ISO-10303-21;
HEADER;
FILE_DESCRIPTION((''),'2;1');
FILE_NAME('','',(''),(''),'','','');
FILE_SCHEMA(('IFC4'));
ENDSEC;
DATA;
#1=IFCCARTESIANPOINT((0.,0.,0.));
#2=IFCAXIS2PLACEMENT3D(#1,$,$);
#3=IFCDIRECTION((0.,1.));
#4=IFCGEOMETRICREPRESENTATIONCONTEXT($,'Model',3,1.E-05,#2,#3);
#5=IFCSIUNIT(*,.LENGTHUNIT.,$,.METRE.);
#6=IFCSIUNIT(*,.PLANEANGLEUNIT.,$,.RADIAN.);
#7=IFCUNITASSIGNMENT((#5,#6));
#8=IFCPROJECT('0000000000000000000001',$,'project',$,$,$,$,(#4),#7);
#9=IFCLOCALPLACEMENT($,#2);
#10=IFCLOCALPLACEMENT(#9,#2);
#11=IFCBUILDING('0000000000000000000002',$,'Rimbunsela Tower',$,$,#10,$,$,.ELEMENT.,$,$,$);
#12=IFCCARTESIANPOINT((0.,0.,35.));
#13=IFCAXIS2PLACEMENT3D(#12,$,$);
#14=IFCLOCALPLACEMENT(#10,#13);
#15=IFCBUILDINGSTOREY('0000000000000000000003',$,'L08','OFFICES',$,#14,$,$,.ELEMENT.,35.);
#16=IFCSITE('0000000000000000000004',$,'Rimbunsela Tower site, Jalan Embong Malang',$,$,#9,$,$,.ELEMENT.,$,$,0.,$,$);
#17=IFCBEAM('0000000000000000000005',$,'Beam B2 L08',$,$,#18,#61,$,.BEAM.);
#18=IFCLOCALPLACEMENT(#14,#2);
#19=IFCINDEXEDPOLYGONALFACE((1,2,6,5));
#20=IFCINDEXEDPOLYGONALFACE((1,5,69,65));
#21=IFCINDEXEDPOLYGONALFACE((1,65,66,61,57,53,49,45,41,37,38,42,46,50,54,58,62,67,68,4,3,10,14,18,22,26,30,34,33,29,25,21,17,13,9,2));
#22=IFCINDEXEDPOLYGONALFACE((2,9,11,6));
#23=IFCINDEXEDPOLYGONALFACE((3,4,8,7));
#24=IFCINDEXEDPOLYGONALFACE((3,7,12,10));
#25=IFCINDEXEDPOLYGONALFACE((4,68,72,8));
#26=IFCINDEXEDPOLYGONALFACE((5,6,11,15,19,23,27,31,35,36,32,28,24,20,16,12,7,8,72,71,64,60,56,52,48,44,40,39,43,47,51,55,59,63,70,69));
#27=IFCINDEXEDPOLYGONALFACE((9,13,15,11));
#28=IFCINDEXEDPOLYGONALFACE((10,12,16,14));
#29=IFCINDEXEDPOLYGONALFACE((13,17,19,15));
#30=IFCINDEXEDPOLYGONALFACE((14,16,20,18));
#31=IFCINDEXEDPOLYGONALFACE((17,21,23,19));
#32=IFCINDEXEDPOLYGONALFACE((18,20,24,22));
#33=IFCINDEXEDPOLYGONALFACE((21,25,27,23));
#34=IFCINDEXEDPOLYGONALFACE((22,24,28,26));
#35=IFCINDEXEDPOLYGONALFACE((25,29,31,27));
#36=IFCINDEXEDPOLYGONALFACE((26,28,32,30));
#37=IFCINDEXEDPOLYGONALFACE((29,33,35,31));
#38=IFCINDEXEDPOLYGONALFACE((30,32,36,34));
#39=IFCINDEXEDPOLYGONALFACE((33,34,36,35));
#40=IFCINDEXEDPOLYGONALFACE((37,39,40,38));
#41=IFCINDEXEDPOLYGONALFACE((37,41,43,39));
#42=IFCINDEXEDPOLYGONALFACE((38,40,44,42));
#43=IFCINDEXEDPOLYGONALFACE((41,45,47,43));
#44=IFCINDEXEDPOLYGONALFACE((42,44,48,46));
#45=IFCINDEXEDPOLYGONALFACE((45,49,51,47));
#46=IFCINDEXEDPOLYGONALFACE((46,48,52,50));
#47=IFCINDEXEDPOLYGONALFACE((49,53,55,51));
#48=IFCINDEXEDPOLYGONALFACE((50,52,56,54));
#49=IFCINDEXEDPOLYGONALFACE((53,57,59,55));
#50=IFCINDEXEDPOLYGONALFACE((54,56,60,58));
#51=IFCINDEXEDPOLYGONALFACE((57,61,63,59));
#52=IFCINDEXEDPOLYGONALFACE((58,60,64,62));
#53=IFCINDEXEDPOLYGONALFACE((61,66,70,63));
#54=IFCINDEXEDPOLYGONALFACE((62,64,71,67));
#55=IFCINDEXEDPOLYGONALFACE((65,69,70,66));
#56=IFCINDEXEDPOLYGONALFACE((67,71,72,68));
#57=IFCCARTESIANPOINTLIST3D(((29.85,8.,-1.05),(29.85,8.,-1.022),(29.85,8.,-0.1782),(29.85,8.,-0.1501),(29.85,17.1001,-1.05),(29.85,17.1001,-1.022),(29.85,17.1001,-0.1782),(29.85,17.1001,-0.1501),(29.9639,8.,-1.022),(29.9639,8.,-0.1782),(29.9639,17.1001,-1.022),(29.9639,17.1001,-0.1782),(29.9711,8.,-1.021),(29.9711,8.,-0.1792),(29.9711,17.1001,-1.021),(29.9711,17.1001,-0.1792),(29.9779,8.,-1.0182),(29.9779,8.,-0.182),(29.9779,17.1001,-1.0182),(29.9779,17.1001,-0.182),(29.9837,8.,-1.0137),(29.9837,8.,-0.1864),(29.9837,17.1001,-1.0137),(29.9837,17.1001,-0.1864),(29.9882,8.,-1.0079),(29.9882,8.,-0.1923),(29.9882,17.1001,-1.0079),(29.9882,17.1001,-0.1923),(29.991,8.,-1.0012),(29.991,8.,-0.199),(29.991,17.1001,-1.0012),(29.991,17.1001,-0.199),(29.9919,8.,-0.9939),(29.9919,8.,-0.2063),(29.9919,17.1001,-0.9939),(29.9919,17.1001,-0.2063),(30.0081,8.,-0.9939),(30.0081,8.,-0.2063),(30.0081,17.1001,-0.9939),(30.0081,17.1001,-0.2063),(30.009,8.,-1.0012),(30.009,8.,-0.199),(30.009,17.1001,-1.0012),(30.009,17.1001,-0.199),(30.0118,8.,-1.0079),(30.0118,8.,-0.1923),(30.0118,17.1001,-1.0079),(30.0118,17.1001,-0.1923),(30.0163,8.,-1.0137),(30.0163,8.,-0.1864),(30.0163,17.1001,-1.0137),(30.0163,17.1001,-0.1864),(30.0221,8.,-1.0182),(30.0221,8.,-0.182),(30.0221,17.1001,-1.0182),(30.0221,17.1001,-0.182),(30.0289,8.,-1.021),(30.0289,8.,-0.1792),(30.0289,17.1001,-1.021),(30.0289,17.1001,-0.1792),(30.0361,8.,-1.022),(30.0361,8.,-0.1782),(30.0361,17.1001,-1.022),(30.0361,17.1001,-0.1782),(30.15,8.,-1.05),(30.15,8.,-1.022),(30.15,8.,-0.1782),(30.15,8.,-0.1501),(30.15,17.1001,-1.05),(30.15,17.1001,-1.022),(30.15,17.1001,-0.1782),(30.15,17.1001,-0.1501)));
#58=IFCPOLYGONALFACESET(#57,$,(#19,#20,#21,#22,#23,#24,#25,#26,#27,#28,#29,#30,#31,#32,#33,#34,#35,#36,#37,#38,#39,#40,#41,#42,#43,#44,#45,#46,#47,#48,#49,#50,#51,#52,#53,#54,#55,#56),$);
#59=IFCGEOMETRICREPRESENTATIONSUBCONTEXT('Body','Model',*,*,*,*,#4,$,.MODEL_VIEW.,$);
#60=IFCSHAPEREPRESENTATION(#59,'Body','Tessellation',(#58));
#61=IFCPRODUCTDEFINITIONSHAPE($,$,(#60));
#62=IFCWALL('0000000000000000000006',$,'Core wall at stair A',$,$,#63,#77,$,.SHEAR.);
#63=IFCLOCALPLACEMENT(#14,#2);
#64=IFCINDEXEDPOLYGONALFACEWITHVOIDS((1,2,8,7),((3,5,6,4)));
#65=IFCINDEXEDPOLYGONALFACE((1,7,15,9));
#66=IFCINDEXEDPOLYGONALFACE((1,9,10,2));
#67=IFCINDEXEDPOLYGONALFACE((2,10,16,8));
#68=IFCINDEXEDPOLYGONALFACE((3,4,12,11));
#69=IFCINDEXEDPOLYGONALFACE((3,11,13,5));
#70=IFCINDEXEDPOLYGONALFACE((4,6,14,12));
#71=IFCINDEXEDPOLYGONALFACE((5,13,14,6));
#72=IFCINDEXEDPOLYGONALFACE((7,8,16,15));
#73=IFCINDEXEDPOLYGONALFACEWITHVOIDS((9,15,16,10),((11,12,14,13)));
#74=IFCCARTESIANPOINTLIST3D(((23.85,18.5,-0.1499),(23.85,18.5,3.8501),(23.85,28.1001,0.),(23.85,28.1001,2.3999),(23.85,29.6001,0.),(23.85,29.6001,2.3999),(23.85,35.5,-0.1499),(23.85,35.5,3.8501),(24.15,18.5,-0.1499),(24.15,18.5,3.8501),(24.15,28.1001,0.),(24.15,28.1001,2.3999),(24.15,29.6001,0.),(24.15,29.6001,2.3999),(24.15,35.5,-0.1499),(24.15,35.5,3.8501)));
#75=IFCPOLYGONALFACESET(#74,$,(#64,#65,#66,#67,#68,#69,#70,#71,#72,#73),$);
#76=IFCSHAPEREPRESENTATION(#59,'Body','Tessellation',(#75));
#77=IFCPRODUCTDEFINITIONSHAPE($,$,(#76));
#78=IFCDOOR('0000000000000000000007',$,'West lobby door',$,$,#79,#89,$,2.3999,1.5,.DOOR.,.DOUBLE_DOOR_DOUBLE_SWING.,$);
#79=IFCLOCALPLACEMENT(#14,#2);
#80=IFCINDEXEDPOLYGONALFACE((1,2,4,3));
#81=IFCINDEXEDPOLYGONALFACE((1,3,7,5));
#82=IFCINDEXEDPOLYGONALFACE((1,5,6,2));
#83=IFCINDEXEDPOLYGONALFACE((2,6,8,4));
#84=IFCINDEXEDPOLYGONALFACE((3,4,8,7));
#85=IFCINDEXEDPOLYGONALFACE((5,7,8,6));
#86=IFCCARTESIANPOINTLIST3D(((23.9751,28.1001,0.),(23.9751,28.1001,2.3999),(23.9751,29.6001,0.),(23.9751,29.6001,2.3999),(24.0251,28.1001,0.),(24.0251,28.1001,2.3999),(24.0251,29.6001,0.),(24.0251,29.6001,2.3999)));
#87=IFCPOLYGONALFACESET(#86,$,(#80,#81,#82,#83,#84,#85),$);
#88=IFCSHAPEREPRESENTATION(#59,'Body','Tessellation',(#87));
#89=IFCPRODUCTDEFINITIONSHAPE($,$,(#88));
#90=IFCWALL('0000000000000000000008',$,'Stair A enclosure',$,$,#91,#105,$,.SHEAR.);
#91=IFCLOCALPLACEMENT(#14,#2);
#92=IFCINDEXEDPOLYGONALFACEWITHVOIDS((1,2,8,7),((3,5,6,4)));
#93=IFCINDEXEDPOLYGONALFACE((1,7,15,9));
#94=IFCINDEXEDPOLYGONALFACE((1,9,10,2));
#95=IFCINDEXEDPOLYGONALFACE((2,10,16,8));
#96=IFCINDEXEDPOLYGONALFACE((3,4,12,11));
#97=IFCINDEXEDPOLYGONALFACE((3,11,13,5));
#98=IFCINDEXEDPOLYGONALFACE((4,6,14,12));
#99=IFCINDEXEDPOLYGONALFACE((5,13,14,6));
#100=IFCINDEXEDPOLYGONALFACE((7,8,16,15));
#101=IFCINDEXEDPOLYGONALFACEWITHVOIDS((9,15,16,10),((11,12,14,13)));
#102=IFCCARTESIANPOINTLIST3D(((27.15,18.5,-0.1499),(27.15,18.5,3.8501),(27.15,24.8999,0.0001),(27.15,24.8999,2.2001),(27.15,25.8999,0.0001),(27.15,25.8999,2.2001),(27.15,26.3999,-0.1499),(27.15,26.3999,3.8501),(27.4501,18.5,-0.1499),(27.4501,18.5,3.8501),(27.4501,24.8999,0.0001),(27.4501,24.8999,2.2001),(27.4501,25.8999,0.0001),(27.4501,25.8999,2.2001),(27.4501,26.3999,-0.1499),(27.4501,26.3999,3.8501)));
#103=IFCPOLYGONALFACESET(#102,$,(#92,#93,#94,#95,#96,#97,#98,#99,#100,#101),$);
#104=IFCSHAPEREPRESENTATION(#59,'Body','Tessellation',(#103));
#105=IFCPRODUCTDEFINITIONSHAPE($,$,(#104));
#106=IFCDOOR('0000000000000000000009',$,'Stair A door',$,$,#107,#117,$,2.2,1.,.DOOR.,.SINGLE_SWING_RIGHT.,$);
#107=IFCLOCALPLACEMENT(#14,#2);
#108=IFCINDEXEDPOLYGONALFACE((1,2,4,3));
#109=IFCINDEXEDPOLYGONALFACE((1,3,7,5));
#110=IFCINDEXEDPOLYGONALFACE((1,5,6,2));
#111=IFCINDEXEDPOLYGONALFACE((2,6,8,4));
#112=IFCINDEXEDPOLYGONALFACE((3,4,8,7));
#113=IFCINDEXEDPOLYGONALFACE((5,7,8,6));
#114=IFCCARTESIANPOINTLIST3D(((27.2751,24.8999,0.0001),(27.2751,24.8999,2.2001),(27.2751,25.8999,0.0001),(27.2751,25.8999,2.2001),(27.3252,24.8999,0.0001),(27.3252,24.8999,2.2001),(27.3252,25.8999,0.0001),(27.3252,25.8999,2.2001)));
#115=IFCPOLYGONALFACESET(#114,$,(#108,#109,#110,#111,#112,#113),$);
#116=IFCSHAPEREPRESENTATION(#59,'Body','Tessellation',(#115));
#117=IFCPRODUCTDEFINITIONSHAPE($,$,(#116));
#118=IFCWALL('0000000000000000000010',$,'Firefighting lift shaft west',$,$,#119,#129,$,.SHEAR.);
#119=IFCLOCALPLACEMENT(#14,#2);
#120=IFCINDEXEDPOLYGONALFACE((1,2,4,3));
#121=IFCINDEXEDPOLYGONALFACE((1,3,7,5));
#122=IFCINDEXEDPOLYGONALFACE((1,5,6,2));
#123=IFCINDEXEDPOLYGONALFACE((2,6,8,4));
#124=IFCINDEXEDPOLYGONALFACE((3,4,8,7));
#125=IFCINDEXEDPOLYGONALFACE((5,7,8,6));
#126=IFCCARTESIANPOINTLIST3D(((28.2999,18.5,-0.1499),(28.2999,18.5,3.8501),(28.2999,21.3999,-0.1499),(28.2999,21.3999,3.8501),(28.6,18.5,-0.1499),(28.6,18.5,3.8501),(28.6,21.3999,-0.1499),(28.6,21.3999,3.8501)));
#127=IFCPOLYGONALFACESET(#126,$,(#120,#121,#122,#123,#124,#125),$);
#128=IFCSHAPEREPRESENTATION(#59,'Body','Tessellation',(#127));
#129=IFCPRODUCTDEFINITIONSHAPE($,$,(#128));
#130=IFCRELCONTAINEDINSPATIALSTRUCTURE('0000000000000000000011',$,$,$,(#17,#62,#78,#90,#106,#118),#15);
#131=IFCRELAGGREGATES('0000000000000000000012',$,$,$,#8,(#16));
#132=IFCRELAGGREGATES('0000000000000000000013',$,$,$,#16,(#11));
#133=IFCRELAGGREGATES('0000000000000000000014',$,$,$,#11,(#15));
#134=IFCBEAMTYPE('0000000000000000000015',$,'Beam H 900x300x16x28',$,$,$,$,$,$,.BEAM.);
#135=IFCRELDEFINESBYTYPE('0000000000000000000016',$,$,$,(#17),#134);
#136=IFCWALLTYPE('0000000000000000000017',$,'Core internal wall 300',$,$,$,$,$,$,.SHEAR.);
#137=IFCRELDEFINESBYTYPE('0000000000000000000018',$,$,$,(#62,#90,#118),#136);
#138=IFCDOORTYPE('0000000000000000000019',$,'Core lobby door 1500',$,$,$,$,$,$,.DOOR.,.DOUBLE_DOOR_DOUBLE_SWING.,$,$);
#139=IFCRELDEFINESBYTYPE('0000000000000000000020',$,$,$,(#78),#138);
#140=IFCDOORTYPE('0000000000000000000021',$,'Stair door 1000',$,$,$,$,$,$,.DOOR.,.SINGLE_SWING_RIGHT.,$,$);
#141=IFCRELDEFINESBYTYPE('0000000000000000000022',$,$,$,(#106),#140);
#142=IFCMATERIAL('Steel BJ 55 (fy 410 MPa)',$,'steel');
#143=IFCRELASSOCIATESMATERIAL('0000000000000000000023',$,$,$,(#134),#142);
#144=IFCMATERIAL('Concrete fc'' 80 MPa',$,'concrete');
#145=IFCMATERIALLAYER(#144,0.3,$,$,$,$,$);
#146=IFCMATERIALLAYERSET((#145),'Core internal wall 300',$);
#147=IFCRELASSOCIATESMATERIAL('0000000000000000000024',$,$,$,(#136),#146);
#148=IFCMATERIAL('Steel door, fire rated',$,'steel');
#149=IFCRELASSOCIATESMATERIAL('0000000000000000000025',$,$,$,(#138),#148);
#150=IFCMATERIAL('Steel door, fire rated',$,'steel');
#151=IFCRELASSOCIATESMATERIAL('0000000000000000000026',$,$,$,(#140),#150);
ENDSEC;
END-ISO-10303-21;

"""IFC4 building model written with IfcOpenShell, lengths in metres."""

from ifc_helpers import new_model, si_unit, direction, frame, frame_2d, origin, origin_2d, place, context, subcontext, project, spatial, rectangle, i_section, extrude, material, layer, layer_set, material_profile, profile_set, type_object, element, fill, save


model = new_model("IFC4")

# Units and contexts
model_context = context("Model", 3, precision=1e-05, world=origin(), true_north=direction((0.0, 1.0)))
body_context = subcontext(model_context, "Body", "Model", "MODEL_VIEW")
ifc_project = project(units=[si_unit("LENGTHUNIT", "METRE"), si_unit("PLANEANGLEUNIT", "RADIAN")], contexts=[model_context])

# Site, building, storey
site_placement = place(None, origin())
site = spatial("IfcSite", under=ifc_project, at=site_placement, Name="Rimbunsela Tower site, Jalan Embong Malang", CompositionType="ELEMENT", RefElevation=0.0)
building_placement = place(site_placement, origin())
building = spatial("IfcBuilding", under=site, at=building_placement, Name="Rimbunsela Tower", CompositionType="ELEMENT")
storey_placement = place(building_placement, frame((0.0, 0.0, 35.0)))
storey = spatial("IfcBuildingStorey", under=building, at=storey_placement, Name="L08", Description="OFFICES", CompositionType="ELEMENT", Elevation=35.0)

# Beam
ifc_material_1 = material(Name="Steel BJ 55 (fy 410 MPa)", Category="steel")
ifc_material_profile_1 = material_profile(ifc_material_1, i_section(OverallWidth=0.3, OverallDepth=0.8999, WebThickness=0.0161, FlangeThickness=0.0281, FilletRadius=0.0281, at=origin_2d()), Name="H 900x300x16x28")
ifc_profile_set_1 = profile_set([ifc_material_profile_1], Name="Steel BJ 55 (fy 410 MPa)")
beam_type_1 = type_object("IfcBeamType", Name="Beam H 900x300x16x28", PredefinedType="BEAM", material=ifc_profile_set_1)
beam_1_placement = place(storey_placement, frame((30.0, 8.0, -0.6001), z_axis=(0.0, 1.0, 0.0), x_axis=(-1.0, 0.0, 0.0)))
element("IfcBeam", 1, at=beam_1_placement, inside=storey, type_object=beam_type_1, Name="Beam B2 L08", PredefinedType="BEAM", context=body_context, shape_type="SweptSolid", body=[
    extrude(i_section(OverallWidth=0.3, OverallDepth=0.8999, WebThickness=0.0161, FlangeThickness=0.0281, FilletRadius=0.0281, at=origin_2d()), origin(), (0.0, 0.0, 1.0), 9.1001),
])

# Walls, openings, doors
ifc_material_2 = material(Name="Concrete fc' 80 MPa", Category="concrete")
ifc_layer_1 = layer(ifc_material_2, 0.3)
ifc_layer_set_1 = layer_set([ifc_layer_1], Name="Core internal wall 300")
wall_type_1 = type_object("IfcWallType", Name="Core internal wall 300", PredefinedType="SHEAR", material=ifc_layer_set_1)
wall_1_placement = place(storey_placement, frame((24.0, 18.5, -0.1499), z_axis=(0.0, 0.0, 1.0), x_axis=(0.0, 1.0, 0.0)))
wall_1 = element("IfcWall", 2, at=wall_1_placement, inside=storey, type_object=wall_type_1, Name="Core wall at stair A", PredefinedType="SHEAR", context=body_context, shape_type="SweptSolid", body=[
    extrude(rectangle(XDim=17.0, YDim=0.3, at=frame_2d((8.5, 0.0))), origin(), (0.0, 0.0, 1.0), 4.0),
])
opening_1_placement = place(wall_1_placement, frame((9.6001, 0.0, 0.1499)))
opening_1 = element("IfcOpeningElement", 3, at=opening_1_placement, cuts=wall_1, PredefinedType="OPENING", context=body_context, shape_type="SweptSolid", body=[
    extrude(rectangle(XDim=1.5, YDim=2.3999, at=frame_2d((0.75, 1.2))), frame((0.0, 0.1599, 0.0), z_axis=(0.0, -1.0, 0.0), x_axis=(1.0, 0.0, 0.0)), (0.0, 0.0, 1.0), 0.3201),
])
ifc_material_3 = material(Name="Steel door, fire rated", Category="steel")
door_type_1 = type_object("IfcDoorType", Name="Core lobby door 1500", OperationType="DOUBLE_DOOR_DOUBLE_SWING", PredefinedType="DOOR", material=ifc_material_3)
door_1_placement = place(opening_1_placement, origin())
door_1 = element("IfcDoor", 4, at=door_1_placement, inside=storey, type_object=door_type_1, Name="West lobby door", OperationType="DOUBLE_DOOR_DOUBLE_SWING", OverallHeight=2.3999, OverallWidth=1.5, PredefinedType="DOOR", context=body_context, shape_type="SweptSolid", body=[
    extrude(rectangle(XDim=1.5, YDim=2.3999, at=frame_2d((0.75, 1.2))), frame((0.0, 0.0249, 0.0), z_axis=(0.0, -1.0, 0.0), x_axis=(1.0, 0.0, 0.0)), (0.0, 0.0, 1.0), 0.05),
])
fill(opening_1, door_1)
wall_2_placement = place(storey_placement, frame((27.3, 18.5, -0.1499), z_axis=(0.0, 0.0, 1.0), x_axis=(0.0, 1.0, 0.0)))
wall_2 = element("IfcWall", 5, at=wall_2_placement, inside=storey, type_object=wall_type_1, Name="Stair A enclosure", PredefinedType="SHEAR", context=body_context, shape_type="SweptSolid", body=[
    extrude(rectangle(XDim=7.8999, YDim=0.3, at=frame_2d((3.95, 0.0))), origin(), (0.0, 0.0, 1.0), 4.0),
])
opening_2_placement = place(wall_2_placement, frame((6.3999, 0.0, 0.1499)))
opening_2 = element("IfcOpeningElement", 6, at=opening_2_placement, cuts=wall_2, PredefinedType="OPENING", context=body_context, shape_type="SweptSolid", body=[
    extrude(rectangle(XDim=1.0, YDim=2.2, at=frame_2d((0.5, 1.1001))), frame((0.0, 0.1599, 0.0), z_axis=(0.0, -1.0, 0.0), x_axis=(1.0, 0.0, 0.0)), (0.0, 0.0, 1.0), 0.3201),
])
ifc_material_4 = material(Name="Steel door, fire rated", Category="steel")
door_type_2 = type_object("IfcDoorType", Name="Stair door 1000", OperationType="SINGLE_SWING_RIGHT", PredefinedType="DOOR", material=ifc_material_4)
door_2_placement = place(opening_2_placement, origin())
door_2 = element("IfcDoor", 7, at=door_2_placement, inside=storey, type_object=door_type_2, Name="Stair A door", OperationType="SINGLE_SWING_RIGHT", OverallHeight=2.2, OverallWidth=1.0, PredefinedType="DOOR", context=body_context, shape_type="SweptSolid", body=[
    extrude(rectangle(XDim=1.0, YDim=2.2, at=frame_2d((0.5, 1.1001))), frame((0.0, 0.0249, 0.0), z_axis=(0.0, -1.0, 0.0), x_axis=(1.0, 0.0, 0.0)), (0.0, 0.0, 1.0), 0.05),
])
fill(opening_2, door_2)

# Wall
wall_3_placement = place(storey_placement, frame((28.45, 18.5, -0.1499), z_axis=(0.0, 0.0, 1.0), x_axis=(0.0, 1.0, 0.0)))
element("IfcWall", 8, at=wall_3_placement, inside=storey, type_object=wall_type_1, Name="Firefighting lift shaft west", PredefinedType="SHEAR", context=body_context, shape_type="SweptSolid", body=[
    extrude(rectangle(XDim=2.8999, YDim=0.3, at=frame_2d((1.45, 0.0))), origin(), (0.0, 0.0, 1.0), 4.0),
])

save(model, "model.ifc")
